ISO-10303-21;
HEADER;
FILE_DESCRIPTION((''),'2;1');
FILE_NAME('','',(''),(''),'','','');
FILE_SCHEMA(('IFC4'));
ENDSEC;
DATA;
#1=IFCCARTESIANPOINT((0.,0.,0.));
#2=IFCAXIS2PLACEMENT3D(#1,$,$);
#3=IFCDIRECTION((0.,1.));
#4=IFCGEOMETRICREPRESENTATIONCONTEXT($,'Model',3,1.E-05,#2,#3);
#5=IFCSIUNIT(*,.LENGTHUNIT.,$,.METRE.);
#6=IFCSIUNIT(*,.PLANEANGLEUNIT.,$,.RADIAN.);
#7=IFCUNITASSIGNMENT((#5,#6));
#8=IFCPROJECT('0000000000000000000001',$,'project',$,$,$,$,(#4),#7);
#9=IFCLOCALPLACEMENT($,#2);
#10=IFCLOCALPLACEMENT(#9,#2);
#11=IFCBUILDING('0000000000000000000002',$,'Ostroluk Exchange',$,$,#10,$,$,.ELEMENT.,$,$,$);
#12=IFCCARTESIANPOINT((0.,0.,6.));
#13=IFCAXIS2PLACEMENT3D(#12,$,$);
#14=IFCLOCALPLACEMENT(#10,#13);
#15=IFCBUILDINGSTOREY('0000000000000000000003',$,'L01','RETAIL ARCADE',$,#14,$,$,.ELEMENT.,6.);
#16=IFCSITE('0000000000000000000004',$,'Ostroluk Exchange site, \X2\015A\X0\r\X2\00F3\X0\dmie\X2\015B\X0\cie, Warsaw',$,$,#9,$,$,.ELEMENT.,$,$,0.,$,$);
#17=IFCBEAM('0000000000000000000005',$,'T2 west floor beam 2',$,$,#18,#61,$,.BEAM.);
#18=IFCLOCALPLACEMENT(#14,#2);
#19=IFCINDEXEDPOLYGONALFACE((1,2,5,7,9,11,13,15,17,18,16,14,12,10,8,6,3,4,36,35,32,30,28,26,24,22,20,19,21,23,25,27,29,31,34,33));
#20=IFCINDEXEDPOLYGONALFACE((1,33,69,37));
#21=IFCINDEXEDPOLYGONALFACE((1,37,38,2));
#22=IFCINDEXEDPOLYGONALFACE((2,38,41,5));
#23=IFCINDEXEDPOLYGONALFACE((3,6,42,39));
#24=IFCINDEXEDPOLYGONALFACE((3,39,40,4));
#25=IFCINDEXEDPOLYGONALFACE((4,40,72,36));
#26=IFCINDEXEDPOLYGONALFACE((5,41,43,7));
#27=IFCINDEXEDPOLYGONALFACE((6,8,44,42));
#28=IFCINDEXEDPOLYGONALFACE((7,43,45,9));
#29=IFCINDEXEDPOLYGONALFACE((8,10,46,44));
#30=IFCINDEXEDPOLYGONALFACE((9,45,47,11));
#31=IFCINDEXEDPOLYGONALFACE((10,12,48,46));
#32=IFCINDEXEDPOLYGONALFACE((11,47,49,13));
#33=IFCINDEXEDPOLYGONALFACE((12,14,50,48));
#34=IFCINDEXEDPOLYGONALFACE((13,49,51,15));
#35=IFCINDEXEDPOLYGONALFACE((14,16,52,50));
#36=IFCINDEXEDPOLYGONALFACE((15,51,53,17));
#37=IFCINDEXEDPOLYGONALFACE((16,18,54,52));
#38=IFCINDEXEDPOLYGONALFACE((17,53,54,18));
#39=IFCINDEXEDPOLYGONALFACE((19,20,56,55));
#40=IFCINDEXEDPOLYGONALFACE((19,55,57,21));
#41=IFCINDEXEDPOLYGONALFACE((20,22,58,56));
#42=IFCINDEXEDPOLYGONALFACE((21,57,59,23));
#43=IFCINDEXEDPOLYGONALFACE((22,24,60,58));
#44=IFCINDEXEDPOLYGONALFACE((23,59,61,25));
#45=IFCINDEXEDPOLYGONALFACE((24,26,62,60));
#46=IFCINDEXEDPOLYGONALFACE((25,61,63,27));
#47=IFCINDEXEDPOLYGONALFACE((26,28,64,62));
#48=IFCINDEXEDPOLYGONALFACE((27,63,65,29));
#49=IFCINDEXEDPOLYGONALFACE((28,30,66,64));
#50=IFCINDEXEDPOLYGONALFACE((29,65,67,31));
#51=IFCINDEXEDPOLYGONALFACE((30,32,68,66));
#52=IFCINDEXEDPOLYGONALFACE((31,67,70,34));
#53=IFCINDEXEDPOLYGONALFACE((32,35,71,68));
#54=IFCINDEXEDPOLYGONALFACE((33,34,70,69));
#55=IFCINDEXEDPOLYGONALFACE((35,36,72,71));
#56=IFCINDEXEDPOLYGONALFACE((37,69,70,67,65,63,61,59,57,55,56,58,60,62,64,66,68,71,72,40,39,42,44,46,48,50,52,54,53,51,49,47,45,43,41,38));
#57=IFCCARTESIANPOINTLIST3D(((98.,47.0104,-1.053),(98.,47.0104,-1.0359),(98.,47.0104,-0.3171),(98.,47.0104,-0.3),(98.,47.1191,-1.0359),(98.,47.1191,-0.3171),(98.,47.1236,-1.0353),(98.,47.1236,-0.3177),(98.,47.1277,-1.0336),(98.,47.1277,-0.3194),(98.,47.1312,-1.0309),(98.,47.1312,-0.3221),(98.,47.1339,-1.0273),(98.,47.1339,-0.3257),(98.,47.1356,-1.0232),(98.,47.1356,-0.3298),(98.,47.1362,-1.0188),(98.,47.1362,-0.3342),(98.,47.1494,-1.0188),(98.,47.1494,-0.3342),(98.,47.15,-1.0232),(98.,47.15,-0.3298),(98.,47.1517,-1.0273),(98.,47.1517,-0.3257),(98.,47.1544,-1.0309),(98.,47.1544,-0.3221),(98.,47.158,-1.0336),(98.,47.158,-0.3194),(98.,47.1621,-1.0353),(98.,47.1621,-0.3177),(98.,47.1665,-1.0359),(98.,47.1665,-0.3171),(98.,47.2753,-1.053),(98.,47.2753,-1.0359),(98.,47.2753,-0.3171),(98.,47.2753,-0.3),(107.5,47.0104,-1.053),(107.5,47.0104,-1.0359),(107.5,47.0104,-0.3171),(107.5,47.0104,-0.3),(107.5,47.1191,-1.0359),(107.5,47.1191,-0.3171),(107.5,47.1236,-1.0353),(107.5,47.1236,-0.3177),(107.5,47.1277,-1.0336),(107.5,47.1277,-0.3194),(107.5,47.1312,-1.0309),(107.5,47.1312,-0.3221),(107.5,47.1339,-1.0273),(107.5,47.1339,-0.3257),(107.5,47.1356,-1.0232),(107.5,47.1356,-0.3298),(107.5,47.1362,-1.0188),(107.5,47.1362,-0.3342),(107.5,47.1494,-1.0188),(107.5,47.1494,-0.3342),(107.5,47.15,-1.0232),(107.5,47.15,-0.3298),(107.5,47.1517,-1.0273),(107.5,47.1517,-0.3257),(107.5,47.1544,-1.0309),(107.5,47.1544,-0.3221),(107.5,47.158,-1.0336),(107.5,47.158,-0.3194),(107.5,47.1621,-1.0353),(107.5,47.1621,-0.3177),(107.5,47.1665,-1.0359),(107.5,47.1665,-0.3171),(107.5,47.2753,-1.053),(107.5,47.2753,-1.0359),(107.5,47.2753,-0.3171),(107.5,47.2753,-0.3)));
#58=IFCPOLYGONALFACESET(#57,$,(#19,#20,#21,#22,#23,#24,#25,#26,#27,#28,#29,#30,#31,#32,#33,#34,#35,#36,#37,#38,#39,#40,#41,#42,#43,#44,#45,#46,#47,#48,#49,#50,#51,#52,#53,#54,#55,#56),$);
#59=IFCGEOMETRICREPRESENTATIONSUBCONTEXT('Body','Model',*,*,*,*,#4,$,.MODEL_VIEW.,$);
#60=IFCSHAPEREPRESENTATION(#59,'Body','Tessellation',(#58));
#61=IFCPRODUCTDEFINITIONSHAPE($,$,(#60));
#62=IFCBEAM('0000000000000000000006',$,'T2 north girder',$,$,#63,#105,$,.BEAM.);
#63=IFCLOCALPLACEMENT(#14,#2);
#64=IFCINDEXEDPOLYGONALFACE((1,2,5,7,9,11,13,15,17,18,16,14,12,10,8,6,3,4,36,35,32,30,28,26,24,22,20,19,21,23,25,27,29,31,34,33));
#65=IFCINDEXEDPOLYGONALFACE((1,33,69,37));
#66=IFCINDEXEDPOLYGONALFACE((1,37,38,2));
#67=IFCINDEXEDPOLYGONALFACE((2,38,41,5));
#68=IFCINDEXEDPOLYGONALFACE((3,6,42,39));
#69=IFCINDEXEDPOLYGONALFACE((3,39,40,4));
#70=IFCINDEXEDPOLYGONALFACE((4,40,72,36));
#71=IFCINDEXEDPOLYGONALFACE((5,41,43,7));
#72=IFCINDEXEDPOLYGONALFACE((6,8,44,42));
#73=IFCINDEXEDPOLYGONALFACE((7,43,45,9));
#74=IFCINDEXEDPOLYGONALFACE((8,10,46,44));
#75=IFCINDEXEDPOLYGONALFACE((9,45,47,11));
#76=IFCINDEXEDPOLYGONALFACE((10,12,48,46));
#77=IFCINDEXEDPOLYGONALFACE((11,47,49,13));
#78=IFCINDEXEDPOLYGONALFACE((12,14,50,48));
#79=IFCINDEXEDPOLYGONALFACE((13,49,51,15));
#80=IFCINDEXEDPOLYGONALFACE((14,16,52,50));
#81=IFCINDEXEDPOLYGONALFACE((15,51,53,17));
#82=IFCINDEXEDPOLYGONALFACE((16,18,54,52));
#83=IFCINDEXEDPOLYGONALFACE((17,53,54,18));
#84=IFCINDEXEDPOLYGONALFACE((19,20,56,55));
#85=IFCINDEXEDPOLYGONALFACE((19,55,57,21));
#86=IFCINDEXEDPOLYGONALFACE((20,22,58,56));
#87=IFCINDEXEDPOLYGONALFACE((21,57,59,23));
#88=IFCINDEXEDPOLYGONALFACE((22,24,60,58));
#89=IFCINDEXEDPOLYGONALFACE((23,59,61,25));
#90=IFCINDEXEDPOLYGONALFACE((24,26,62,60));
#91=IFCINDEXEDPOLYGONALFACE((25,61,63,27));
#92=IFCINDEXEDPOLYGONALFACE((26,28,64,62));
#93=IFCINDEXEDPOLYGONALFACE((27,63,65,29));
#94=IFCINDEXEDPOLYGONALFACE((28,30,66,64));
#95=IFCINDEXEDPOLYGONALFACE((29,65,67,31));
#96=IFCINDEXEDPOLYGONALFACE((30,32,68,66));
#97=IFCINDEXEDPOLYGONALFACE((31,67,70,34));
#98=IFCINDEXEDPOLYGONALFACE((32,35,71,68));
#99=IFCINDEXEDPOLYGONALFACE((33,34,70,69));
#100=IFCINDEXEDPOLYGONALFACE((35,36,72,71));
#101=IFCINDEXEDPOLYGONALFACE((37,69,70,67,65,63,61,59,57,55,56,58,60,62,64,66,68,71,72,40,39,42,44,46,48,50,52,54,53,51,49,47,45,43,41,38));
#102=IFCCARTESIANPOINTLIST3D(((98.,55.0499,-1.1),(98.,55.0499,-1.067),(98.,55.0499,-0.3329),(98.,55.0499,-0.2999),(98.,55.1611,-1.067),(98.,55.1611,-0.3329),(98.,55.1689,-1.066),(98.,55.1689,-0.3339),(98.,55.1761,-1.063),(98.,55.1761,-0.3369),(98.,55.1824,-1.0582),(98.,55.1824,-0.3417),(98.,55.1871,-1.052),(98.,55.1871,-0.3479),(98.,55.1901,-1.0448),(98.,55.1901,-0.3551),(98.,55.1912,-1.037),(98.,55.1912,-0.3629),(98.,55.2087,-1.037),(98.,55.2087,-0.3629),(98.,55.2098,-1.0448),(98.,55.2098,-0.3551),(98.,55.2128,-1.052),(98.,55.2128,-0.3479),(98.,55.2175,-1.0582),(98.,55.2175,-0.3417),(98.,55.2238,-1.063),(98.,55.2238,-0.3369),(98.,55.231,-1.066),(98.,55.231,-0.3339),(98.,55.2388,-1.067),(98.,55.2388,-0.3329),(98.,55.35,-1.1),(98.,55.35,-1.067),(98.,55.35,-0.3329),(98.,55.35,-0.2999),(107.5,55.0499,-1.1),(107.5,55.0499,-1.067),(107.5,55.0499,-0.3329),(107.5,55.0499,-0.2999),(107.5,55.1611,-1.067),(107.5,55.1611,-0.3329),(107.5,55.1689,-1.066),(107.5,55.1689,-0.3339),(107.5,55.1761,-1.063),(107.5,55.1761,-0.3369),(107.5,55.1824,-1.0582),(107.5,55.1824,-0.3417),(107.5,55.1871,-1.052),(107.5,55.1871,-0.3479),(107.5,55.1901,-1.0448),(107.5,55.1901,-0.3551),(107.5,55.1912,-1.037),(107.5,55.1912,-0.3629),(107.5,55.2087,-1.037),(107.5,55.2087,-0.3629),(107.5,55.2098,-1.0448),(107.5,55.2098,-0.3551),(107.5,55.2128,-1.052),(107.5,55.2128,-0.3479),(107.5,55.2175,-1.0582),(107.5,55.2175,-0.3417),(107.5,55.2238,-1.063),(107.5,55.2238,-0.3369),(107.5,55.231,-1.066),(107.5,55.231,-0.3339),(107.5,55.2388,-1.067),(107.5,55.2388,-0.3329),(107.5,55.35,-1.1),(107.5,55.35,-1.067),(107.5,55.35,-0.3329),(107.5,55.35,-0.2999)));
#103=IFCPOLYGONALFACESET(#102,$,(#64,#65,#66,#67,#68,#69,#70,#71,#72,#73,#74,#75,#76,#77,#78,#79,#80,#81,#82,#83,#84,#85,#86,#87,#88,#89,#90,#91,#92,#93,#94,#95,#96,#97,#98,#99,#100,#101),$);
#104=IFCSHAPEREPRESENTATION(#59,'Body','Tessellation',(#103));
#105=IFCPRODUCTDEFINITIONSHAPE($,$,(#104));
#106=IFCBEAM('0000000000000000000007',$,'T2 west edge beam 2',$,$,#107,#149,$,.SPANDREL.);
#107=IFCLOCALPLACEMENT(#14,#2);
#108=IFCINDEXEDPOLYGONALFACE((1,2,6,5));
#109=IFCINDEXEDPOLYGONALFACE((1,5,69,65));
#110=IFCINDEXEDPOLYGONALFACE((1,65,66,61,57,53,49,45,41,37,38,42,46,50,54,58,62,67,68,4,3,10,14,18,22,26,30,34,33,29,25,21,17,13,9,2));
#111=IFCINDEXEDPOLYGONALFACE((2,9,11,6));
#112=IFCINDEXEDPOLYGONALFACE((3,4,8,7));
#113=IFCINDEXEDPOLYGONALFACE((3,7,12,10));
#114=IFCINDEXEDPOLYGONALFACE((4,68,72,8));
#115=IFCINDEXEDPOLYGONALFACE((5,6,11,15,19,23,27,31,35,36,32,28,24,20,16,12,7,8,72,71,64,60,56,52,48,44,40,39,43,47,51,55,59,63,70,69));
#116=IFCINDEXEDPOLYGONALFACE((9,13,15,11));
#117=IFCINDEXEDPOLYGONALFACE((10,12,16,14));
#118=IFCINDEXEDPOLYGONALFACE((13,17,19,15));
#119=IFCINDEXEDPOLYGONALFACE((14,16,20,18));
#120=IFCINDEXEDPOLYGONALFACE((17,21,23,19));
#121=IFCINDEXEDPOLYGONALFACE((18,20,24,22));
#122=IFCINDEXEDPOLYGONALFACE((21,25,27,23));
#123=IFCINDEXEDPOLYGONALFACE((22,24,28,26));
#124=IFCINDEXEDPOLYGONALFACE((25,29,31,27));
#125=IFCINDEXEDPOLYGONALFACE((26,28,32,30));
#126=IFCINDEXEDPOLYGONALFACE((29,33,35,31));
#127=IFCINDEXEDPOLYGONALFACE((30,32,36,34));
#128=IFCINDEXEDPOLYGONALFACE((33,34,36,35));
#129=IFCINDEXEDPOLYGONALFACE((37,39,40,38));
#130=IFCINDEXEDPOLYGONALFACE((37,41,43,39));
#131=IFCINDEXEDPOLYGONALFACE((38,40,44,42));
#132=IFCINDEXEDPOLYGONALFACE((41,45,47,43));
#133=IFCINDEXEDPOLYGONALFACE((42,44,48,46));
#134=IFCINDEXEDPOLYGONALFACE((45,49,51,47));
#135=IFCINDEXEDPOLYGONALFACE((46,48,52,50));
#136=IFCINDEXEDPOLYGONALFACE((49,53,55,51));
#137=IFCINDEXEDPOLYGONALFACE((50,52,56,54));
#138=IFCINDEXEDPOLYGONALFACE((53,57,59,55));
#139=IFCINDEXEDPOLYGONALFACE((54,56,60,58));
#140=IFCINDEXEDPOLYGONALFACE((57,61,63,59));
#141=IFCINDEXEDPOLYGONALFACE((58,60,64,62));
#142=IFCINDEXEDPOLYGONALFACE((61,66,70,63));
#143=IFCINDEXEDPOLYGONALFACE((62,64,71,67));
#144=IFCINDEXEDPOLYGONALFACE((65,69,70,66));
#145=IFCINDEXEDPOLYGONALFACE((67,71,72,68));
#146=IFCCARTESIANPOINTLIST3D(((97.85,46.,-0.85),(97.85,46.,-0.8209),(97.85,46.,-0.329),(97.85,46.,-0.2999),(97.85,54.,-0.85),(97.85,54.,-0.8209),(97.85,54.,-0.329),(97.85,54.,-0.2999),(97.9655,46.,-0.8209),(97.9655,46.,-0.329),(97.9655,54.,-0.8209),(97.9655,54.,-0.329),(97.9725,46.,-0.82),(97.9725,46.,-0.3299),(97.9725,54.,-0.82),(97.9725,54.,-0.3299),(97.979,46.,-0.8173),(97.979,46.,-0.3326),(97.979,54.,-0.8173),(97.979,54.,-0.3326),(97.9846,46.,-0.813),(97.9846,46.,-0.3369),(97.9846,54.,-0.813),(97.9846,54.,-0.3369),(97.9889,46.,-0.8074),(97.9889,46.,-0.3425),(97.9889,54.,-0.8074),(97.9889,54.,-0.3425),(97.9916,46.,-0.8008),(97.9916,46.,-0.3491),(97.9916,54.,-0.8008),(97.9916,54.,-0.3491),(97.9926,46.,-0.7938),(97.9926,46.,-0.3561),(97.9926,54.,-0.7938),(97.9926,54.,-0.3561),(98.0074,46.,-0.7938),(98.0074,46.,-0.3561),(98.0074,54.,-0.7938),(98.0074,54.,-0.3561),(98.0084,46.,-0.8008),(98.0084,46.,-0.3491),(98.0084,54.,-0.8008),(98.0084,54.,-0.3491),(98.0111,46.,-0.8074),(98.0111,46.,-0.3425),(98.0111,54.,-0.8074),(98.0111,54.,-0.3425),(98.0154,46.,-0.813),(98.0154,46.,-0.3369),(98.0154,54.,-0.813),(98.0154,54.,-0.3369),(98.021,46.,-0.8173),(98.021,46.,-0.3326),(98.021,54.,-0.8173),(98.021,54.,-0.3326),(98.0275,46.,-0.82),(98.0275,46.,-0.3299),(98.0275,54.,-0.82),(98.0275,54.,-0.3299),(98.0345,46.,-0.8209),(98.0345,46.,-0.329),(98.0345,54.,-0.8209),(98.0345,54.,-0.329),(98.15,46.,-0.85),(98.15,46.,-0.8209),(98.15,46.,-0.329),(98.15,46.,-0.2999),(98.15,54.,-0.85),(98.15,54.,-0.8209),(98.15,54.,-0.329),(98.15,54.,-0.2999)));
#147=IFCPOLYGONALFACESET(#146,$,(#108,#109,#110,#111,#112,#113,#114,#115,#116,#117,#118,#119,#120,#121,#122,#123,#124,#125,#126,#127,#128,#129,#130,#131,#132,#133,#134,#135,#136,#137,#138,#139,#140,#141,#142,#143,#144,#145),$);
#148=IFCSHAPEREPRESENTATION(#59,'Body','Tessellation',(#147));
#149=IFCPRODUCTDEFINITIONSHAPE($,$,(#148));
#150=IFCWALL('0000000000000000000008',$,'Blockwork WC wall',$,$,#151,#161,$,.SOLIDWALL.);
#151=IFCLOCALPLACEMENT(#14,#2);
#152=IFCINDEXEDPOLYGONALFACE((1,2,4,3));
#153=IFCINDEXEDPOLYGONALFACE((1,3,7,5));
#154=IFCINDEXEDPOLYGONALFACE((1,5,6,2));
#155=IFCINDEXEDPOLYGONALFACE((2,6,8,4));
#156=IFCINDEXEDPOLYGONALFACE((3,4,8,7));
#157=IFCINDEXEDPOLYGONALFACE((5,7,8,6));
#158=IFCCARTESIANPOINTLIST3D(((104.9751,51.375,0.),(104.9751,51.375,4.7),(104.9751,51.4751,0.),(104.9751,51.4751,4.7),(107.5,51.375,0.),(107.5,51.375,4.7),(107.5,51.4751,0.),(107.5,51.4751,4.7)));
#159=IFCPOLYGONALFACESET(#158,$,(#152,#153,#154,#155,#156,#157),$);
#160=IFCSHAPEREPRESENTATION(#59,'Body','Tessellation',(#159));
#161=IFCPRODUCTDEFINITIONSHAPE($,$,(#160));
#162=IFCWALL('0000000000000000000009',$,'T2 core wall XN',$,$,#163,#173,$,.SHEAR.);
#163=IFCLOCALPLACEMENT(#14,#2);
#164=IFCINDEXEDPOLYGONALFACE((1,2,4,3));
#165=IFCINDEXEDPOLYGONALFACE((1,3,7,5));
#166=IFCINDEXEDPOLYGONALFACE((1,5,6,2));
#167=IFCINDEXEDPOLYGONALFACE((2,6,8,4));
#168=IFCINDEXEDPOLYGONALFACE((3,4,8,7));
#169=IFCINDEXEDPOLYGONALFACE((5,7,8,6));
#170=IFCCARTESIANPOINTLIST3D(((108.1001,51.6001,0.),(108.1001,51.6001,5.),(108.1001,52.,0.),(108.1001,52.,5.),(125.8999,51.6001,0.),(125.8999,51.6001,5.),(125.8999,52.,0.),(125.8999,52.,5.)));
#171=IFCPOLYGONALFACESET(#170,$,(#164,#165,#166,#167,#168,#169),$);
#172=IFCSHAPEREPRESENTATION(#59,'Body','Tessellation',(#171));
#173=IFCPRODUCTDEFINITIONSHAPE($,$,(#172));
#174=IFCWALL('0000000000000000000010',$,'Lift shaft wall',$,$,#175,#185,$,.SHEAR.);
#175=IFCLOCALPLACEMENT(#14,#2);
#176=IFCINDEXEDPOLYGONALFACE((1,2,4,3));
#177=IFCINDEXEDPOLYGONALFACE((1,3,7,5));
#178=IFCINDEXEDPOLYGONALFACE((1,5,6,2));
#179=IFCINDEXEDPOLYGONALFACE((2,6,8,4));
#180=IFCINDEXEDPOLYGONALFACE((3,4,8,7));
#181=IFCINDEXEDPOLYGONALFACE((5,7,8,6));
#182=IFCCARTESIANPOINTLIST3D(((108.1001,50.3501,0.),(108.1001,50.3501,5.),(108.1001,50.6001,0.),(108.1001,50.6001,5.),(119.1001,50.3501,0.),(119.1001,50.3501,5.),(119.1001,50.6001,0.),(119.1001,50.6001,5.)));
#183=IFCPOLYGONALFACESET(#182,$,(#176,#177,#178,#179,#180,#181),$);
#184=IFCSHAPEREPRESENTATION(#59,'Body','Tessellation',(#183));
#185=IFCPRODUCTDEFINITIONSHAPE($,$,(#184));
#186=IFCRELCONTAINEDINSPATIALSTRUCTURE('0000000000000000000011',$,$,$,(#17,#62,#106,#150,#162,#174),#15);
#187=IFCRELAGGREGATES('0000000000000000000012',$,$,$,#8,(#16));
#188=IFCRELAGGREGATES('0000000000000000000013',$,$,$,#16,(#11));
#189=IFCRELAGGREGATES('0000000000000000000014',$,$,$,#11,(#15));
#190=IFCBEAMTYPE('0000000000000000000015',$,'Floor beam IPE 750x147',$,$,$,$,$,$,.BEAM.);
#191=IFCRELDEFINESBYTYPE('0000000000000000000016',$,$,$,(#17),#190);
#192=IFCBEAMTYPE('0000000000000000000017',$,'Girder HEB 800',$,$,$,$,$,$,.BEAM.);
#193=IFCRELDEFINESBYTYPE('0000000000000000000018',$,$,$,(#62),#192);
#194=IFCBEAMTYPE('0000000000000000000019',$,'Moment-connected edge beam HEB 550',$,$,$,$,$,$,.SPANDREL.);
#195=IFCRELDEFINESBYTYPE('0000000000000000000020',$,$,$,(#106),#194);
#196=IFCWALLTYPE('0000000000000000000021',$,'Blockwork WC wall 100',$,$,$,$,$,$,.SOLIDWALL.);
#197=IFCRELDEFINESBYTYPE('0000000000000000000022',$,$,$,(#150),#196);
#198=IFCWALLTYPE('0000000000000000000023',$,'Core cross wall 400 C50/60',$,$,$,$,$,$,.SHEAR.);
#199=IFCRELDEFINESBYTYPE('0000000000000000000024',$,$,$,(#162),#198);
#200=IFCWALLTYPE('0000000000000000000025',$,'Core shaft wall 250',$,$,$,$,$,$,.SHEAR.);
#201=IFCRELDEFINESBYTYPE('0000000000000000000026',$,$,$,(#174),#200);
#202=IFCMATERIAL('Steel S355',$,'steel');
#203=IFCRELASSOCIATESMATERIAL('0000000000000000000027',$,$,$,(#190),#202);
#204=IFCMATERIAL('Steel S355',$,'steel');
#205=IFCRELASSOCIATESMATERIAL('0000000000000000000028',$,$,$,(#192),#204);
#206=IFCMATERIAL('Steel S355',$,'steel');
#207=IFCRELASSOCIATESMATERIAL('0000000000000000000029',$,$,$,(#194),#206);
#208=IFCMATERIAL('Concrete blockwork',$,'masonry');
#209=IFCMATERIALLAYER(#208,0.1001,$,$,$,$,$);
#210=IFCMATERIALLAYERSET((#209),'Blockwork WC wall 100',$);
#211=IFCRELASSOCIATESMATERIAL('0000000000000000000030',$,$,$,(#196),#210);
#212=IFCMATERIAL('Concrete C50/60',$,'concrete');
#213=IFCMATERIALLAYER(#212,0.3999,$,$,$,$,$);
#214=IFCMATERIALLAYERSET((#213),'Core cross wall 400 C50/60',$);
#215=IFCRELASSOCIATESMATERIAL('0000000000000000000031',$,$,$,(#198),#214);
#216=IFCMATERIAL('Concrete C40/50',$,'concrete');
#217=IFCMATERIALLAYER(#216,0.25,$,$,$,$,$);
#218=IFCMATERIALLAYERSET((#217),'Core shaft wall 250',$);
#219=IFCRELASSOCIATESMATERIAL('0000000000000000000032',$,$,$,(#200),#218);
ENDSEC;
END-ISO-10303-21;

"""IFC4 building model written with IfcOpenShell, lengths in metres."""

from ifc_helpers import new_model, si_unit, direction, frame, frame_2d, origin, origin_2d, place, context, subcontext, project, spatial, rectangle, i_section, extrude, material, layer, layer_set, material_profile, profile_set, type_object, element, save


model = new_model("IFC4")

# Units and contexts
model_context = context("Model", 3, precision=1e-05, world=origin(), true_north=direction((0.0, 1.0)))
body_context = subcontext(model_context, "Body", "Model", "MODEL_VIEW")
ifc_project = project(units=[si_unit("LENGTHUNIT", "METRE"), si_unit("PLANEANGLEUNIT", "RADIAN")], contexts=[model_context])

# Site, building, storey
site_placement = place(None, origin())
site = spatial("IfcSite", under=ifc_project, at=site_placement, Name="Ostroluk Exchange site, Śródmieście, Warsaw", CompositionType="ELEMENT", RefElevation=0.0)
building_placement = place(site_placement, origin())
building = spatial("IfcBuilding", under=site, at=building_placement, Name="Ostroluk Exchange", CompositionType="ELEMENT")
storey_placement = place(building_placement, frame((0.0, 0.0, 6.0)))
storey = spatial("IfcBuildingStorey", under=building, at=storey_placement, Name="L01", Description="RETAIL ARCADE", CompositionType="ELEMENT", Elevation=6.0)

# Beams
ifc_material_1 = material(Name="Steel S355", Category="steel")
ifc_material_profile_1 = material_profile(ifc_material_1, i_section(OverallWidth=0.2649, OverallDepth=0.7529, WebThickness=0.0132, FlangeThickness=0.0171, FilletRadius=0.0171, at=origin_2d()), Name="IPE 750x147")
ifc_profile_set_1 = profile_set([ifc_material_profile_1], Name="Steel S355")
beam_type_1 = type_object("IfcBeamType", Name="Floor beam IPE 750x147", PredefinedType="BEAM", material=ifc_profile_set_1)
for number, where, z_axis, x_axis, name in (
    (1, (107.5, 47.1428, -0.6765), (-1.0, 0.0, 0.0), (0.0, -1.0, 0.0), "T2 west floor beam 2"),
):
    element("IfcBeam", number, at=place(storey_placement, frame(where, z_axis=z_axis, x_axis=x_axis)), inside=storey, type_object=beam_type_1, Name=name, PredefinedType="BEAM", context=body_context, shape_type="SweptSolid", body=[
        extrude(i_section(OverallWidth=0.2649, OverallDepth=0.7529, WebThickness=0.0132, FlangeThickness=0.0171, FilletRadius=0.0171, at=origin_2d()), origin(), (0.0, 0.0, 1.0), 9.5),
    ])
ifc_material_2 = material(Name="Steel S355", Category="steel")
ifc_material_profile_2 = material_profile(ifc_material_2, i_section(OverallWidth=0.3, OverallDepth=0.8, WebThickness=0.0176, FlangeThickness=0.033, FilletRadius=0.03, at=origin_2d()), Name="HEB 800")
ifc_profile_set_2 = profile_set([ifc_material_profile_2], Name="Steel S355")
beam_type_2 = type_object("IfcBeamType", Name="Girder HEB 800", PredefinedType="BEAM", material=ifc_profile_set_2)
beam_1_placement = place(storey_placement, frame((107.5, 55.2, -0.7), z_axis=(-1.0, 0.0, 0.0), x_axis=(0.0, -1.0, 0.0)))
element("IfcBeam", 2, at=beam_1_placement, inside=storey, type_object=beam_type_2, Name="T2 north girder", PredefinedType="BEAM", context=body_context, shape_type="SweptSolid", body=[
    extrude(i_section(OverallWidth=0.3, OverallDepth=0.8, WebThickness=0.0176, FlangeThickness=0.033, FilletRadius=0.03, at=origin_2d()), origin(), (0.0, 0.0, 1.0), 9.5),
])
ifc_material_3 = material(Name="Steel S355", Category="steel")
ifc_material_profile_3 = material_profile(ifc_material_3, i_section(OverallWidth=0.3, OverallDepth=0.55, WebThickness=0.0149, FlangeThickness=0.0291, FilletRadius=0.0271, at=origin_2d()), Name="HEB 550")
ifc_profile_set_3 = profile_set([ifc_material_profile_3], Name="Steel S355")
beam_type_3 = type_object("IfcBeamType", Name="Moment-connected edge beam HEB 550", PredefinedType="SPANDREL", material=ifc_profile_set_3)
beam_2_placement = place(storey_placement, frame((98.0, 54.0, -0.575), z_axis=(0.0, -1.0, 0.0), x_axis=(1.0, 0.0, 0.0)))
element("IfcBeam", 3, at=beam_2_placement, inside=storey, type_object=beam_type_3, Name="T2 west edge beam 2", PredefinedType="SPANDREL", context=body_context, shape_type="SweptSolid", body=[
    extrude(i_section(OverallWidth=0.3, OverallDepth=0.55, WebThickness=0.0149, FlangeThickness=0.0291, FilletRadius=0.0271, at=origin_2d()), origin(), (0.0, 0.0, 1.0), 8.0),
])

# Walls
ifc_material_4 = material(Name="Concrete blockwork", Category="masonry")
ifc_layer_1 = layer(ifc_material_4, 0.1001)
ifc_layer_set_1 = layer_set([ifc_layer_1], Name="Blockwork WC wall 100")
wall_type_1 = type_object("IfcWallType", Name="Blockwork WC wall 100", PredefinedType="SOLIDWALL", material=ifc_layer_set_1)
wall_1_placement = place(storey_placement, frame((104.9751, 51.425, 0.0), z_axis=(0.0, 0.0, 1.0), x_axis=(1.0, 0.0, 0.0)))
element("IfcWall", 4, at=wall_1_placement, inside=storey, type_object=wall_type_1, Name="Blockwork WC wall", PredefinedType="SOLIDWALL", context=body_context, shape_type="SweptSolid", body=[
    extrude(rectangle(XDim=2.5249, YDim=0.1001, at=frame_2d((1.2625, 0.0))), origin(), (0.0, 0.0, 1.0), 4.7),
])
ifc_material_5 = material(Name="Concrete C50/60", Category="concrete")
ifc_layer_2 = layer(ifc_material_5, 0.3999)
ifc_layer_set_2 = layer_set([ifc_layer_2], Name="Core cross wall 400 C50/60")
wall_type_2 = type_object("IfcWallType", Name="Core cross wall 400 C50/60", PredefinedType="SHEAR", material=ifc_layer_set_2)
wall_2_placement = place(storey_placement, frame((108.1001, 51.8, 0.0), z_axis=(0.0, 0.0, 1.0), x_axis=(1.0, 0.0, 0.0)))
element("IfcWall", 5, at=wall_2_placement, inside=storey, type_object=wall_type_2, Name="T2 core wall XN", PredefinedType="SHEAR", context=body_context, shape_type="SweptSolid", body=[
    extrude(rectangle(XDim=17.7998, YDim=0.3999, at=frame_2d((8.8999, 0.0))), origin(), (0.0, 0.0, 1.0), 5.0),
])
ifc_material_6 = material(Name="Concrete C40/50", Category="concrete")
ifc_layer_3 = layer(ifc_material_6, 0.25)
ifc_layer_set_3 = layer_set([ifc_layer_3], Name="Core shaft wall 250")
wall_type_3 = type_object("IfcWallType", Name="Core shaft wall 250", PredefinedType="SHEAR", material=ifc_layer_set_3)
wall_3_placement = place(storey_placement, frame((108.1001, 50.4751, 0.0), z_axis=(0.0, 0.0, 1.0), x_axis=(1.0, 0.0, 0.0)))
element("IfcWall", 6, at=wall_3_placement, inside=storey, type_object=wall_type_3, Name="Lift shaft wall", PredefinedType="SHEAR", context=body_context, shape_type="SweptSolid", body=[
    extrude(rectangle(XDim=11.0, YDim=0.25, at=frame_2d((5.5, 0.0))), origin(), (0.0, 0.0, 1.0), 5.0),
])

save(model, "model.ifc")
